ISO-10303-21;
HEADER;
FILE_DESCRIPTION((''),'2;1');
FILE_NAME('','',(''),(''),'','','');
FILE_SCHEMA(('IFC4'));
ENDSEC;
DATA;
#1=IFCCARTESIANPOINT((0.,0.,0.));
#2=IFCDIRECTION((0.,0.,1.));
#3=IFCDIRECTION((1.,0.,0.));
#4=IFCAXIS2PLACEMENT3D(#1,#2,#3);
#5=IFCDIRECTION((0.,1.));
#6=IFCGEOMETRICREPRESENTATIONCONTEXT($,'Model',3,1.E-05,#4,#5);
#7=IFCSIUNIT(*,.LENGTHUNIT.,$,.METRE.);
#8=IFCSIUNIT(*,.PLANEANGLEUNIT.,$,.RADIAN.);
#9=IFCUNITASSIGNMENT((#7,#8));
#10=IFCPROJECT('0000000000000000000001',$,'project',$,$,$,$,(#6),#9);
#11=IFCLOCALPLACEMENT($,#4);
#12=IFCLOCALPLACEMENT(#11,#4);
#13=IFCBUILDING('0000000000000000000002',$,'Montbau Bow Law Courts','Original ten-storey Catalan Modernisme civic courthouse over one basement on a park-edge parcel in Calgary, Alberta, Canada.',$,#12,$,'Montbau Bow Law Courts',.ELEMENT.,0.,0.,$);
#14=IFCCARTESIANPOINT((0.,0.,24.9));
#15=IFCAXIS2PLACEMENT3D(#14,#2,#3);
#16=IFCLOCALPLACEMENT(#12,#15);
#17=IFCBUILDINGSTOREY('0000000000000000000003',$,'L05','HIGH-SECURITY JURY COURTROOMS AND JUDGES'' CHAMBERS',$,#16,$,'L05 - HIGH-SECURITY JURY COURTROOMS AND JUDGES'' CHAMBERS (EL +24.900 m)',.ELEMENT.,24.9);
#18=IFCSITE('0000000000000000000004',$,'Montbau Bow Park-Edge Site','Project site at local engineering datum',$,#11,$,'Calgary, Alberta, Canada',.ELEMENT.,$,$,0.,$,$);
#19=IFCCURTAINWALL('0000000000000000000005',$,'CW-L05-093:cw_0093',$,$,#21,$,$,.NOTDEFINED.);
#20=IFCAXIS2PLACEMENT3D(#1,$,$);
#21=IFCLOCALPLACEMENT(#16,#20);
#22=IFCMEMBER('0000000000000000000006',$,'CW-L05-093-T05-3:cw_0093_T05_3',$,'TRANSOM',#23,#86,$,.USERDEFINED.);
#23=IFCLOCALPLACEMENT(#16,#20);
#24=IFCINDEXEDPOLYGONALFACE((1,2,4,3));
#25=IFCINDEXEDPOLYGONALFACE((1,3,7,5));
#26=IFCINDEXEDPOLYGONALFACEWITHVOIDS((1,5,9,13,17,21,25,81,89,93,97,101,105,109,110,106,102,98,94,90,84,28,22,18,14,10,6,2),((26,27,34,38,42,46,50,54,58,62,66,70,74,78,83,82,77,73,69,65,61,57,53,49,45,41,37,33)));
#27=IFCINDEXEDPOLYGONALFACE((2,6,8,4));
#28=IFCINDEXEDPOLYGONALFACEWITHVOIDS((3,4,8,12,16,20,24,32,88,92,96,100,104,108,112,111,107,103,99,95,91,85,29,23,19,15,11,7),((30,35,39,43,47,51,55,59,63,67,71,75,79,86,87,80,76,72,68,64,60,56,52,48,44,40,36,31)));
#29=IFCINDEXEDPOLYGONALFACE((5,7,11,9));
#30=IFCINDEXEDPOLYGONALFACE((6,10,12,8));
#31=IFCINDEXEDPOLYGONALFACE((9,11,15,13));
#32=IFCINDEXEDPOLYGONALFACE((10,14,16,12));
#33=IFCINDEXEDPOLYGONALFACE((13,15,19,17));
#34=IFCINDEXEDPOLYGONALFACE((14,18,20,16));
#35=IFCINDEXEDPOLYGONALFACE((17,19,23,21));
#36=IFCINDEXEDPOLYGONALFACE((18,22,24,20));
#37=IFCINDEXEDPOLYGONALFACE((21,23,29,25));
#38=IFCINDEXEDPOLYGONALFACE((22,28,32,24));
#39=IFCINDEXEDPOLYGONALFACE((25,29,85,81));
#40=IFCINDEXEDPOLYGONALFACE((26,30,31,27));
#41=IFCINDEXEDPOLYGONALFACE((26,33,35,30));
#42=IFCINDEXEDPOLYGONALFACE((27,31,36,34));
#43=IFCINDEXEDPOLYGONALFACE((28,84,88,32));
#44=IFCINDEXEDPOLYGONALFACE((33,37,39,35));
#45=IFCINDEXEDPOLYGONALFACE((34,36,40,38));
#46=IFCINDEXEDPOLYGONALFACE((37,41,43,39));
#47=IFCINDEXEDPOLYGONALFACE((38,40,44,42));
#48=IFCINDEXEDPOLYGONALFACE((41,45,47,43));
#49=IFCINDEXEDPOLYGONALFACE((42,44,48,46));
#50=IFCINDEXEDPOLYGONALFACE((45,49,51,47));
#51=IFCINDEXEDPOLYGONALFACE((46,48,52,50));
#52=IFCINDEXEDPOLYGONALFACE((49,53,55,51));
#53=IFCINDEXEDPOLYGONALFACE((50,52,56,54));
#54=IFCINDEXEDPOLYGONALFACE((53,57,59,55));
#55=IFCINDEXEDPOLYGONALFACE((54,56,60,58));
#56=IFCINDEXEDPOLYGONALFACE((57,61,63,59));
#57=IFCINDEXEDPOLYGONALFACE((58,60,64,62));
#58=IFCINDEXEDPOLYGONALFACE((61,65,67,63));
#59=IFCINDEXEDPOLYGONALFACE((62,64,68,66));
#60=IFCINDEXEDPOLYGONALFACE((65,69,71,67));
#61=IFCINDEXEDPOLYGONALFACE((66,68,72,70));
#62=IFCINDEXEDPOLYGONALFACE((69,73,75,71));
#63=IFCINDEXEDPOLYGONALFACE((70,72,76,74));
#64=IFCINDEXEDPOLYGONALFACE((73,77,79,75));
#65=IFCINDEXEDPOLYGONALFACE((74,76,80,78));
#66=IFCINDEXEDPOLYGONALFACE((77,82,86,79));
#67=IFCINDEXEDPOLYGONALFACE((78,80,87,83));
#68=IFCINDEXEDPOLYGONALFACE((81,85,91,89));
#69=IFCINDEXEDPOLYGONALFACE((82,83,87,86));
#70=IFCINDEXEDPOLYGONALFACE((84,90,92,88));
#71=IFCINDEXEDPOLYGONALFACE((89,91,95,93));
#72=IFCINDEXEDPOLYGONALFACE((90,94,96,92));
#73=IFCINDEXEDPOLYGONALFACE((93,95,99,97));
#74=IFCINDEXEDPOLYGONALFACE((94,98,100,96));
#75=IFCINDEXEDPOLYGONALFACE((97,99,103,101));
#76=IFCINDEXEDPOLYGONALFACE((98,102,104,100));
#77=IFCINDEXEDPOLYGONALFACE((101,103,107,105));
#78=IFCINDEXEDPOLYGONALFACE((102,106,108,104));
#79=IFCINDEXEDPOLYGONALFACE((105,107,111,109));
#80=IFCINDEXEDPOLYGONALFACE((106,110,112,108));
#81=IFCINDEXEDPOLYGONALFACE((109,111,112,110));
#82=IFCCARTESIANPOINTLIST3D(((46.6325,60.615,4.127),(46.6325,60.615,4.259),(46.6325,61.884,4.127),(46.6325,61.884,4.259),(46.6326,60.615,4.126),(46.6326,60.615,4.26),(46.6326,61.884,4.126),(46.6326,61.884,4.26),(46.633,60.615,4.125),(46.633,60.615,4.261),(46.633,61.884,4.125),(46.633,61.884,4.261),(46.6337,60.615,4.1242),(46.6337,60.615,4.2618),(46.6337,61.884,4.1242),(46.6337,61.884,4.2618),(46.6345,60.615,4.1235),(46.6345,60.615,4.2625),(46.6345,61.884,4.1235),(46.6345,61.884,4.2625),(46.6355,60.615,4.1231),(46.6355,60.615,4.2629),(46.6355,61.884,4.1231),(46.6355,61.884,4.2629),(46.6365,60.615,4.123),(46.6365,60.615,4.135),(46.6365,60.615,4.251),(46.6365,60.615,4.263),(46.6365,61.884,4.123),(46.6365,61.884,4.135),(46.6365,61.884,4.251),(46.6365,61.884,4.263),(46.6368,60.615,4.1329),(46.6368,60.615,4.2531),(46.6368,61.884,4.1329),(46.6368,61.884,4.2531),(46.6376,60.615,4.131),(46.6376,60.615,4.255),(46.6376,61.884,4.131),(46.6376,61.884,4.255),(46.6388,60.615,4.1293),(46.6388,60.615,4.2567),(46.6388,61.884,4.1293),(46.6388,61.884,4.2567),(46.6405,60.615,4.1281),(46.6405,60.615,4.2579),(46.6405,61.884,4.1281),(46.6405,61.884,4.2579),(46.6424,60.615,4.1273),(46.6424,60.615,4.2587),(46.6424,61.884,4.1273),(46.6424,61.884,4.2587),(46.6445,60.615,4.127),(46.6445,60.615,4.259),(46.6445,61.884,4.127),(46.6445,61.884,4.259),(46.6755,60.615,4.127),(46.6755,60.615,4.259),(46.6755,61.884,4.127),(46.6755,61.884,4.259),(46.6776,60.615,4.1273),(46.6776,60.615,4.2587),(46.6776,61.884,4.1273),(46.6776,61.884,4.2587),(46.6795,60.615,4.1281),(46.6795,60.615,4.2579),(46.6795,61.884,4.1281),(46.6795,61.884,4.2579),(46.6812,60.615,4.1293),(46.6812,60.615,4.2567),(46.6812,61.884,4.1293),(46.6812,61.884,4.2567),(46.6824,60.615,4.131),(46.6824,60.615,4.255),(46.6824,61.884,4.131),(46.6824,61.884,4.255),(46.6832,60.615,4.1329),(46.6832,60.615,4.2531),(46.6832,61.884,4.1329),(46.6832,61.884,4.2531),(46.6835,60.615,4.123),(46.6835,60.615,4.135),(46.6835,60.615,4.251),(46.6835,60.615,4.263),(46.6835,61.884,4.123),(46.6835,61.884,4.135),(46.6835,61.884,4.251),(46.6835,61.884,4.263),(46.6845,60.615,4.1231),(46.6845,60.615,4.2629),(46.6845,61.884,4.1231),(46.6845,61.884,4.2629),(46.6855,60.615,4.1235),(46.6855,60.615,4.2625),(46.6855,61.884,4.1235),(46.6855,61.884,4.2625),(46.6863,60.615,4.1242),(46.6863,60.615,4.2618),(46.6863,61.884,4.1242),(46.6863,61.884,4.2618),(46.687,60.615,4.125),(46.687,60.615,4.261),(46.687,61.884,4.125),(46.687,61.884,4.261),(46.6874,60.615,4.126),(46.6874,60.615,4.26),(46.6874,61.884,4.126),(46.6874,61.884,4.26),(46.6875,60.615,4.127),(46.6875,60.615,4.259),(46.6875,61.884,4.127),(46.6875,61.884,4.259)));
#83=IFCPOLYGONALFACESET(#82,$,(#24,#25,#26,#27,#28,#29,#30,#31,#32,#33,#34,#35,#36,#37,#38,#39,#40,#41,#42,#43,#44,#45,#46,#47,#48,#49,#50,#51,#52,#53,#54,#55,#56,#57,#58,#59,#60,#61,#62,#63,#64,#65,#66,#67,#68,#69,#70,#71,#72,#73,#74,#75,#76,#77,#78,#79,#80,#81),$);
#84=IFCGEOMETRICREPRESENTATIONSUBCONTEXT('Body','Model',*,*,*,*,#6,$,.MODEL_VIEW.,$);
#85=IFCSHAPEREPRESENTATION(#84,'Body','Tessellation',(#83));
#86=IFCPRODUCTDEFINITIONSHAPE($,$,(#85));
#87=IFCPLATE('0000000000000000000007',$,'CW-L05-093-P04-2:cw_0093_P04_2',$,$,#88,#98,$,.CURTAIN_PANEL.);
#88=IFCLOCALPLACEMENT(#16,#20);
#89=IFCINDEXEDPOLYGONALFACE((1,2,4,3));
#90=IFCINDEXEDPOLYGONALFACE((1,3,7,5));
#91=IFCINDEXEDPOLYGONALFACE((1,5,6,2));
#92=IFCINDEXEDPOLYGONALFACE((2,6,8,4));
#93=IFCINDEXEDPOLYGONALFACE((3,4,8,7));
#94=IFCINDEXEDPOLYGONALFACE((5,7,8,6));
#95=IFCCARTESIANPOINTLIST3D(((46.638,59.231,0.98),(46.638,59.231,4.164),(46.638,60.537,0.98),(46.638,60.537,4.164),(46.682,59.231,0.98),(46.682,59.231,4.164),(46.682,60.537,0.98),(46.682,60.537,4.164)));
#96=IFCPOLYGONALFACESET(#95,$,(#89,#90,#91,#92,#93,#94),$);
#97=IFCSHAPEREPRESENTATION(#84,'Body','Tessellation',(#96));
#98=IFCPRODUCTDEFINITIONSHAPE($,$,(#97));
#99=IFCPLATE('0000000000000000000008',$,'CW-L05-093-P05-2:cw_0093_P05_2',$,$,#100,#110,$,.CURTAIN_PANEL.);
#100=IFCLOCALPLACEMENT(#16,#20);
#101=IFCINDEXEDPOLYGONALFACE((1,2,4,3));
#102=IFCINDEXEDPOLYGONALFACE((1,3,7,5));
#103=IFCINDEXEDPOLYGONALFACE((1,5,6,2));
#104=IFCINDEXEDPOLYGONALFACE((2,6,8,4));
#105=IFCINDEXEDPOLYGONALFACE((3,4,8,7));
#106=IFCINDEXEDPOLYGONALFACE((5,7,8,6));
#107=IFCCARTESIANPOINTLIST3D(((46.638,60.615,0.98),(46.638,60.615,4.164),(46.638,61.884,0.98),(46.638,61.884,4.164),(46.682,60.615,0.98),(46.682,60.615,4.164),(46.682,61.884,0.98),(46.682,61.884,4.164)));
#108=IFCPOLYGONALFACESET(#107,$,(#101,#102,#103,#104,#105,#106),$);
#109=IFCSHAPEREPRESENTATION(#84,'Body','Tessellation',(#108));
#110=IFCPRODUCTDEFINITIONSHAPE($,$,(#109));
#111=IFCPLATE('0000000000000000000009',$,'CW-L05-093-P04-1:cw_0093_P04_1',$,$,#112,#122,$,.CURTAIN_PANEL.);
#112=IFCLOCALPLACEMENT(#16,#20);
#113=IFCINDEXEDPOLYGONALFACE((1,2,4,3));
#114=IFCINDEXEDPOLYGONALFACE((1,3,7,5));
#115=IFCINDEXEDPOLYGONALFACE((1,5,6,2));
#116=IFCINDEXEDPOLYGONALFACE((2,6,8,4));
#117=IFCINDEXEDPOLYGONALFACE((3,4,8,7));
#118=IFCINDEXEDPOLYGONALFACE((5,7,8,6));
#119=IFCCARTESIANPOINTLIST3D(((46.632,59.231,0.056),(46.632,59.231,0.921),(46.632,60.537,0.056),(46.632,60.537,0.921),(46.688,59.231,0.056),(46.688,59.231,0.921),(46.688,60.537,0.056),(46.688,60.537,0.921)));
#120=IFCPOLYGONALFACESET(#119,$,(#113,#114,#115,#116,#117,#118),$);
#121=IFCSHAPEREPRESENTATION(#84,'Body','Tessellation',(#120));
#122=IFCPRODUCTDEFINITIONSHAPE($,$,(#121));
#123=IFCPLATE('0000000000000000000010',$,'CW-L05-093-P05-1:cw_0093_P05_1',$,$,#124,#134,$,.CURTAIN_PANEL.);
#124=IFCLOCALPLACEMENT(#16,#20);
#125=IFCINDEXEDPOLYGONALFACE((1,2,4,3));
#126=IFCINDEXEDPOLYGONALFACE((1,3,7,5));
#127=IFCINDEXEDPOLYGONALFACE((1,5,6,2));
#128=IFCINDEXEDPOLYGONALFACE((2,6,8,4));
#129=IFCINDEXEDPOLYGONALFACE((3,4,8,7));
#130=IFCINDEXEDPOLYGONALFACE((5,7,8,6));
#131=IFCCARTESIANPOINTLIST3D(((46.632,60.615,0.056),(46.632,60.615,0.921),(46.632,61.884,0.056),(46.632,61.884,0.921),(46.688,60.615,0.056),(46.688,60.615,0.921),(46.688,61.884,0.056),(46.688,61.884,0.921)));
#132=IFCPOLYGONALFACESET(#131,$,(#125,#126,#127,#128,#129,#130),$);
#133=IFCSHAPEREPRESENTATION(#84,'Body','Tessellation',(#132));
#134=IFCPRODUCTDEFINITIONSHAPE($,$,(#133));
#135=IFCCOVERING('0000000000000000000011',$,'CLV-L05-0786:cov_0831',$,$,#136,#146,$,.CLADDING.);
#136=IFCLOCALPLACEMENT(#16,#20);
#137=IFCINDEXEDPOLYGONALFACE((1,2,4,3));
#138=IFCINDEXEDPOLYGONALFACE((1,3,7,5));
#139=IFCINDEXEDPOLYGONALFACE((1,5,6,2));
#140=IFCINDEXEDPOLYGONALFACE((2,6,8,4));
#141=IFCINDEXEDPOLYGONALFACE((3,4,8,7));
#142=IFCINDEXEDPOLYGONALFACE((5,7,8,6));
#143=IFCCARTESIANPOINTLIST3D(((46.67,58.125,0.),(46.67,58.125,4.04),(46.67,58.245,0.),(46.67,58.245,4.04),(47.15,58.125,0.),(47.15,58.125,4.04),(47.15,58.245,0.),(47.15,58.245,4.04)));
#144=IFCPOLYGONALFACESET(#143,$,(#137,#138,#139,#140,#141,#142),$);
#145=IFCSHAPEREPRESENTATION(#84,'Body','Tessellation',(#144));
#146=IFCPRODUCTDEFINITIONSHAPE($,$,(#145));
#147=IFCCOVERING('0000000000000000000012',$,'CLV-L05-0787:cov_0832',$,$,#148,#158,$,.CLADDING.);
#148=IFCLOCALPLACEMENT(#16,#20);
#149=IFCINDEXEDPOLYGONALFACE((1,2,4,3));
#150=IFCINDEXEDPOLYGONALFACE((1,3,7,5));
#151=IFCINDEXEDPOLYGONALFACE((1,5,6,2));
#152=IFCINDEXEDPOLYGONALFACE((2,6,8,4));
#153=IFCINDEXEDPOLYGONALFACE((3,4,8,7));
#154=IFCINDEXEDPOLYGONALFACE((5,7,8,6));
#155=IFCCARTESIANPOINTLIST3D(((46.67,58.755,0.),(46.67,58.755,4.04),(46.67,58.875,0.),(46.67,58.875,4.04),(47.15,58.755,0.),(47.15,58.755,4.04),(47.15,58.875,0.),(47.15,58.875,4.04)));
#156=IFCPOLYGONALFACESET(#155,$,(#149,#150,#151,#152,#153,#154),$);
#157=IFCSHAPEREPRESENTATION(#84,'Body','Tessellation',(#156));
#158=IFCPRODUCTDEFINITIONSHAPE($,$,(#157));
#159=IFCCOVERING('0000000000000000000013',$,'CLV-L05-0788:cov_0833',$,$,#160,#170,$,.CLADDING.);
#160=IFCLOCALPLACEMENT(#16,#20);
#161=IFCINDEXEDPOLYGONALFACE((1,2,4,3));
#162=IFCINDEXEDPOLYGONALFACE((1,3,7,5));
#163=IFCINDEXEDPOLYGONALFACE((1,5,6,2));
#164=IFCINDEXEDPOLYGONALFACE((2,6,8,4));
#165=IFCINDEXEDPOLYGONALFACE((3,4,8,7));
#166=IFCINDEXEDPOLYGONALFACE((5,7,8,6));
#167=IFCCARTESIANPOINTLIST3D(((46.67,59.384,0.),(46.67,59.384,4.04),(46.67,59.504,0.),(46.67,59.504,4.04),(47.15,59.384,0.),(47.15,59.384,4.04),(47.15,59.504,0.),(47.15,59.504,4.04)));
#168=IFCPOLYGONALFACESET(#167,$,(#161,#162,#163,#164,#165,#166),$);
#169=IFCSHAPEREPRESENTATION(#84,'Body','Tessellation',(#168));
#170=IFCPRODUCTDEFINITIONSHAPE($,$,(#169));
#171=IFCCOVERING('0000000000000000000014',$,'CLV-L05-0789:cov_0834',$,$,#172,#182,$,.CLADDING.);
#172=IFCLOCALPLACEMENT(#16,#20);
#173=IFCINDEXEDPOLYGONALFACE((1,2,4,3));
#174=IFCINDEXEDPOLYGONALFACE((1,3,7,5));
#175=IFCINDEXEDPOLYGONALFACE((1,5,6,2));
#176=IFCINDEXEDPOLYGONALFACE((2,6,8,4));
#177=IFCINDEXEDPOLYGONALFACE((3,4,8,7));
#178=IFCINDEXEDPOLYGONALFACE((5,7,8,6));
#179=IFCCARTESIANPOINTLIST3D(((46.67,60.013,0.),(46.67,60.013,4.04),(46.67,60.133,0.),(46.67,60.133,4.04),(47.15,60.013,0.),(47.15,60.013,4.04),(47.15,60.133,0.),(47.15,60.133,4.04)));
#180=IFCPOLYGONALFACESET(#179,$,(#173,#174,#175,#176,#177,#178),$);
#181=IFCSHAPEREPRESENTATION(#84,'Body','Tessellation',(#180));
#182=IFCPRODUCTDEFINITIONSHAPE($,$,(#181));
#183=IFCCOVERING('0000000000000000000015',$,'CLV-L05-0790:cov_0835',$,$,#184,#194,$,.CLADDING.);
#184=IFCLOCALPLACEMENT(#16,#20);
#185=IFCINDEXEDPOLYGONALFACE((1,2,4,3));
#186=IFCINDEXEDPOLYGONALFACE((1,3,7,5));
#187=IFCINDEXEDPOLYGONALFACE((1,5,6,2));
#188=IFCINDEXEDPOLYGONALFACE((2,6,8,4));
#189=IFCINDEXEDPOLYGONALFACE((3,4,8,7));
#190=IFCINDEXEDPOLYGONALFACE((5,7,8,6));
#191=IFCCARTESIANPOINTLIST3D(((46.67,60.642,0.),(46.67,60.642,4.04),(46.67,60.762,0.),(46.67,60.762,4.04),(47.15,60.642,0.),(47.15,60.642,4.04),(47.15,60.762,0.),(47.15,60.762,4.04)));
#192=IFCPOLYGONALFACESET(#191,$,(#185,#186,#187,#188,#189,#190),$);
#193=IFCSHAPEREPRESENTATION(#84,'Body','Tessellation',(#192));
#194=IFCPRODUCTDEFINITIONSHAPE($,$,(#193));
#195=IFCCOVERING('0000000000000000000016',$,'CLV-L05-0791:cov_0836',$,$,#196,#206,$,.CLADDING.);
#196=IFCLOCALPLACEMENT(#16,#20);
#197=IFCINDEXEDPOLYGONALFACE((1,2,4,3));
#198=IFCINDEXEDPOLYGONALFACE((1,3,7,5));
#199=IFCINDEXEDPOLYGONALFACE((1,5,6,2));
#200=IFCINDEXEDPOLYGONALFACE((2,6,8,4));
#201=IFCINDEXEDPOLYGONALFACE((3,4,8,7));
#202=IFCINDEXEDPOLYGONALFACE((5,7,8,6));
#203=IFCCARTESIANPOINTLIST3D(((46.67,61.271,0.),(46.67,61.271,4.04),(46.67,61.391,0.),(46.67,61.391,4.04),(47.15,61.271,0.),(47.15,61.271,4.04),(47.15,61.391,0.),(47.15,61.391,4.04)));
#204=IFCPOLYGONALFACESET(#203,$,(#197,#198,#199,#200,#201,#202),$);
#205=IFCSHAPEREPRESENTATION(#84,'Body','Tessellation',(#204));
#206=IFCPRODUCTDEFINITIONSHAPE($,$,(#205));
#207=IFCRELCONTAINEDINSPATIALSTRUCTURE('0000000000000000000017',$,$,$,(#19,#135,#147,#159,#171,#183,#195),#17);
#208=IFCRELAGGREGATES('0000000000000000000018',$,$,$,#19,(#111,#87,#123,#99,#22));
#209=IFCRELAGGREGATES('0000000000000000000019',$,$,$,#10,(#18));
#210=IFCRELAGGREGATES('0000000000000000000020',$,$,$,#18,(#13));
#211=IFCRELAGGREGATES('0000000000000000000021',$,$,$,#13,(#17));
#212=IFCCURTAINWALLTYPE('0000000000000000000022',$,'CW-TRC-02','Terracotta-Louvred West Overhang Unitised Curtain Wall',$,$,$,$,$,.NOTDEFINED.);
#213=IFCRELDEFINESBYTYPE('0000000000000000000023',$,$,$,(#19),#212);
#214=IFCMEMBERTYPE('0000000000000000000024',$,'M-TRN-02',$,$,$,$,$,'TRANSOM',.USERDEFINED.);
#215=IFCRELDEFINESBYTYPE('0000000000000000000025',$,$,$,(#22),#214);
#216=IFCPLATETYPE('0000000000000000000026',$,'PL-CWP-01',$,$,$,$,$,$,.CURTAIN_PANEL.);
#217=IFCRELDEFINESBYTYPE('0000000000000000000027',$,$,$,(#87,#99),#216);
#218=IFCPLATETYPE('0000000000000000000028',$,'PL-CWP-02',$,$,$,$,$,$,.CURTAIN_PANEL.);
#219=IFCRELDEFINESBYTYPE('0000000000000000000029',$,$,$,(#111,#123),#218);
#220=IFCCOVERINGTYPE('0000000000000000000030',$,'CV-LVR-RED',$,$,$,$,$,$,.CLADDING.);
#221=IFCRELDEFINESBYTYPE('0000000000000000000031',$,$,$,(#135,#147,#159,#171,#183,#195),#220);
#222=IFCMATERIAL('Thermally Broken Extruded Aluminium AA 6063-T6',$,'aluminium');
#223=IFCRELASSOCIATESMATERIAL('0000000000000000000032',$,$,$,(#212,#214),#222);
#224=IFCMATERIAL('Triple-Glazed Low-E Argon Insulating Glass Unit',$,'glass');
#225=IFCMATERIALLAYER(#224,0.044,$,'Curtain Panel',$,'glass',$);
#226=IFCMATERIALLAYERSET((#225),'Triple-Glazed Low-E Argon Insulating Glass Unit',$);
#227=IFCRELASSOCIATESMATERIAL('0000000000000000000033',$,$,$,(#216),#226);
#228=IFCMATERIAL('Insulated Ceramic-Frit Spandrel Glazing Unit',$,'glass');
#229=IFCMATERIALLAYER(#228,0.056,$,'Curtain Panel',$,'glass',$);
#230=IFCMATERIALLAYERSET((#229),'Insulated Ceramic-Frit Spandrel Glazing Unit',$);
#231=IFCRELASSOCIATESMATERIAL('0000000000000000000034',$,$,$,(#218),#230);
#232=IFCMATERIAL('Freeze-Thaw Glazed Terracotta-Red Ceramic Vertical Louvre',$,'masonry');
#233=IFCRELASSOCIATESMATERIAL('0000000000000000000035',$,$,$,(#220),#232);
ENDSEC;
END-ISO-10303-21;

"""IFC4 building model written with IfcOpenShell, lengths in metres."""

from ifc_helpers import new_model, si_unit, direction, frame, frame_2d, origin_with_axes, origin_2d_with_axis, place, context, subcontext, project, spatial, rectangle, hollow_rectangle, extrude, material, layer, layer_set, material_profile, profile_set, type_object, element, aggregate, save


model = new_model("IFC4")

# Units and contexts
model_context = context("Model", 3, precision=1e-05, world=origin_with_axes(), true_north=direction((0.0, 1.0)))
body_context = subcontext(model_context, "Body", "Model", "MODEL_VIEW")
ifc_project = project(units=[si_unit("LENGTHUNIT", "METRE"), si_unit("PLANEANGLEUNIT", "RADIAN")], contexts=[model_context])

# Site, building, storey
site_placement = place(None, origin_with_axes())
site = spatial("IfcSite", under=ifc_project, at=site_placement, Name="Montbau Bow Park-Edge Site", Description="Project site at local engineering datum", LongName="Calgary, Alberta, Canada", CompositionType="ELEMENT", RefElevation=0.0)
building_placement = place(site_placement, origin_with_axes())
building = spatial("IfcBuilding", under=site, at=building_placement, Name="Montbau Bow Law Courts", Description="Original ten-storey Catalan Modernisme civic courthouse over one basement on a park-edge parcel in Calgary, Alberta, Canada.", LongName="Montbau Bow Law Courts", CompositionType="ELEMENT", ElevationOfRefHeight=0.0, ElevationOfTerrain=0.0)
storey_placement = place(building_placement, frame((0.0, 0.0, 24.9), z_axis=(0.0, 0.0, 1.0), x_axis=(1.0, 0.0, 0.0)))
storey = spatial("IfcBuildingStorey", under=building, at=storey_placement, Name="L05", Description="HIGH-SECURITY JURY COURTROOMS AND JUDGES' CHAMBERS", LongName="L05 - HIGH-SECURITY JURY COURTROOMS AND JUDGES' CHAMBERS (EL +24.900 m)", CompositionType="ELEMENT", Elevation=24.9)

# Curtain wall, member, plates
ifc_material_1 = material(Name="Thermally Broken Extruded Aluminium AA 6063-T6", Category="aluminium")
curtain_wall_type = type_object("IfcCurtainWallType", Name="CW-TRC-02", Description="Terracotta-Louvred West Overhang Unitised Curtain Wall", PredefinedType="NOTDEFINED", material=ifc_material_1)
curtain_wall_placement = place(None, frame((46.66, 55.04, 24.9), z_axis=(0.0, 0.0, 1.0), x_axis=(1.0, 0.0, 0.0)))
curtain_wall = element("IfcCurtainWall", 1, at=curtain_wall_placement, inside=storey, type_object=curtain_wall_type, Name="CW-L05-093:cw_0093", PredefinedType="NOTDEFINED")
ifc_material_profile_1 = material_profile(ifc_material_1, hollow_rectangle(XDim=0.055, YDim=0.14, WallThickness=0.004, InnerFilletRadius=0.008, OuterFilletRadius=0.004, at=origin_2d_with_axis()), Name="CWT-140X55", Category="Main", Priority=0)
ifc_profile_set_1 = profile_set([ifc_material_profile_1], Name="Thermally Broken Extruded Aluminium AA 6063-T6")
member_type_1 = type_object("IfcMemberType", Name="M-TRN-02", ElementType="TRANSOM", PredefinedType="USERDEFINED", material=ifc_profile_set_1)
member_1_placement = place(None, frame((46.66, 60.615, 29.093), z_axis=(0.0, 1.0, 0.0), x_axis=(-1.0, 0.0, 0.0)))
member_1 = element("IfcMember", 2, at=member_1_placement, type_object=member_type_1, Name="CW-L05-093-T05-3:cw_0093_T05_3", ObjectType="TRANSOM", PredefinedType="USERDEFINED", context=body_context, shape_type="SweptSolid", body=[
    extrude(hollow_rectangle(XDim=0.055, YDim=0.14, WallThickness=0.004, InnerFilletRadius=0.008, OuterFilletRadius=0.004, at=origin_2d_with_axis()), origin_with_axes(), (0.0, 0.0, 1.0), 1.269),
])
ifc_material_2 = material(Name="Triple-Glazed Low-E Argon Insulating Glass Unit", Category="glass")
ifc_layer_1 = layer(ifc_material_2, 0.044, Name="Curtain Panel", Category="glass")
ifc_layer_set_1 = layer_set([ifc_layer_1], Name="Triple-Glazed Low-E Argon Insulating Glass Unit")
plate_type_1 = type_object("IfcPlateType", Name="PL-CWP-01", PredefinedType="CURTAIN_PANEL", material=ifc_layer_set_1)
plate_1_placement = place(None, frame((46.66, 59.231, 25.88), z_axis=(1.0, 0.0, 0.0), x_axis=(0.0, 1.0, 0.0)))
plate_1 = element("IfcPlate", 3, at=plate_1_placement, type_object=plate_type_1, Name="CW-L05-093-P04-2:cw_0093_P04_2", PredefinedType="CURTAIN_PANEL", context=body_context, shape_type="SweptSolid", body=[
    extrude(rectangle(XDim=1.306, YDim=3.184, at=frame_2d((0.653, 1.592), x_axis=(1.0, 0.0))), frame((0.0, 0.0, -0.022), z_axis=(0.0, 0.0, 1.0), x_axis=(1.0, 0.0, 0.0)), (0.0, 0.0, 1.0), 0.044),
])
plate_2_placement = place(None, frame((46.66, 60.615, 25.88), z_axis=(1.0, 0.0, 0.0), x_axis=(0.0, 1.0, 0.0)))
plate_2 = element("IfcPlate", 4, at=plate_2_placement, type_object=plate_type_1, Name="CW-L05-093-P05-2:cw_0093_P05_2", PredefinedType="CURTAIN_PANEL", context=body_context, shape_type="SweptSolid", body=[
    extrude(rectangle(XDim=1.269, YDim=3.184, at=frame_2d((0.6345, 1.592), x_axis=(1.0, 0.0))), frame((0.0, 0.0, -0.022), z_axis=(0.0, 0.0, 1.0), x_axis=(1.0, 0.0, 0.0)), (0.0, 0.0, 1.0), 0.044),
])
ifc_material_3 = material(Name="Insulated Ceramic-Frit Spandrel Glazing Unit", Category="glass")
ifc_layer_2 = layer(ifc_material_3, 0.056, Name="Curtain Panel", Category="glass")
ifc_layer_set_2 = layer_set([ifc_layer_2], Name="Insulated Ceramic-Frit Spandrel Glazing Unit")
plate_type_2 = type_object("IfcPlateType", Name="PL-CWP-02", PredefinedType="CURTAIN_PANEL", material=ifc_layer_set_2)
plate_3_placement = place(None, frame((46.66, 59.231, 24.956), z_axis=(1.0, 0.0, 0.0), x_axis=(0.0, 1.0, 0.0)))
plate_3 = element("IfcPlate", 5, at=plate_3_placement, type_object=plate_type_2, Name="CW-L05-093-P04-1:cw_0093_P04_1", PredefinedType="CURTAIN_PANEL", context=body_context, shape_type="SweptSolid", body=[
    extrude(rectangle(XDim=1.306, YDim=0.865, at=frame_2d((0.653, 0.4325), x_axis=(1.0, 0.0))), frame((0.0, 0.0, -0.028), z_axis=(0.0, 0.0, 1.0), x_axis=(1.0, 0.0, 0.0)), (0.0, 0.0, 1.0), 0.056),
])
plate_4_placement = place(None, frame((46.66, 60.615, 24.956), z_axis=(1.0, 0.0, 0.0), x_axis=(0.0, 1.0, 0.0)))
plate_4 = element("IfcPlate", 6, at=plate_4_placement, type_object=plate_type_2, Name="CW-L05-093-P05-1:cw_0093_P05_1", PredefinedType="CURTAIN_PANEL", context=body_context, shape_type="SweptSolid", body=[
    extrude(rectangle(XDim=1.269, YDim=0.865, at=frame_2d((0.6345, 0.4325), x_axis=(1.0, 0.0))), frame((0.0, 0.0, -0.028), z_axis=(0.0, 0.0, 1.0), x_axis=(1.0, 0.0, 0.0)), (0.0, 0.0, 1.0), 0.056),
])
aggregate(curtain_wall, [plate_3, plate_1, plate_4, plate_2, member_1])

# Coverings
ifc_material_4 = material(Name="Freeze-Thaw Glazed Terracotta-Red Ceramic Vertical Louvre", Category="masonry")
covering_type = type_object("IfcCoveringType", Name="CV-LVR-RED", PredefinedType="CLADDING", material=ifc_material_4)
for number, where, z_axis, x_axis, name in (
    (7, (46.67, 58.185, 24.9), (0.0, -1.0, 0.0), (1.0, 0.0, 0.0), "CLV-L05-0786:cov_0831"),
    (8, (46.67, 58.815, 24.9), (0.0, -1.0, 0.0), (1.0, 0.0, 0.0), "CLV-L05-0787:cov_0832"),
    (9, (46.67, 59.444, 24.9), (0.0, -1.0, 0.0), (1.0, 0.0, 0.0), "CLV-L05-0788:cov_0833"),
    (10, (46.67, 60.073, 24.9), (0.0, -1.0, 0.0), (1.0, 0.0, 0.0), "CLV-L05-0789:cov_0834"),
    (11, (46.67, 60.702, 24.9), (0.0, -1.0, 0.0), (1.0, 0.0, 0.0), "CLV-L05-0790:cov_0835"),
    (12, (46.67, 61.331, 24.9), (0.0, -1.0, 0.0), (1.0, 0.0, 0.0), "CLV-L05-0791:cov_0836"),
):
    element("IfcCovering", number, at=place(None, frame(where, z_axis=z_axis, x_axis=x_axis)), inside=storey, type_object=covering_type, Name=name, PredefinedType="CLADDING", context=body_context, shape_type="SweptSolid", body=[
        extrude(rectangle(XDim=0.48, YDim=4.04, at=frame_2d((0.24, 2.02), x_axis=(1.0, 0.0))), frame((0.0, 0.0, -0.06), z_axis=(0.0, 0.0, 1.0), x_axis=(1.0, 0.0, 0.0)), (0.0, 0.0, 1.0), 0.12),
    ])

save(model, "model.ifc")
